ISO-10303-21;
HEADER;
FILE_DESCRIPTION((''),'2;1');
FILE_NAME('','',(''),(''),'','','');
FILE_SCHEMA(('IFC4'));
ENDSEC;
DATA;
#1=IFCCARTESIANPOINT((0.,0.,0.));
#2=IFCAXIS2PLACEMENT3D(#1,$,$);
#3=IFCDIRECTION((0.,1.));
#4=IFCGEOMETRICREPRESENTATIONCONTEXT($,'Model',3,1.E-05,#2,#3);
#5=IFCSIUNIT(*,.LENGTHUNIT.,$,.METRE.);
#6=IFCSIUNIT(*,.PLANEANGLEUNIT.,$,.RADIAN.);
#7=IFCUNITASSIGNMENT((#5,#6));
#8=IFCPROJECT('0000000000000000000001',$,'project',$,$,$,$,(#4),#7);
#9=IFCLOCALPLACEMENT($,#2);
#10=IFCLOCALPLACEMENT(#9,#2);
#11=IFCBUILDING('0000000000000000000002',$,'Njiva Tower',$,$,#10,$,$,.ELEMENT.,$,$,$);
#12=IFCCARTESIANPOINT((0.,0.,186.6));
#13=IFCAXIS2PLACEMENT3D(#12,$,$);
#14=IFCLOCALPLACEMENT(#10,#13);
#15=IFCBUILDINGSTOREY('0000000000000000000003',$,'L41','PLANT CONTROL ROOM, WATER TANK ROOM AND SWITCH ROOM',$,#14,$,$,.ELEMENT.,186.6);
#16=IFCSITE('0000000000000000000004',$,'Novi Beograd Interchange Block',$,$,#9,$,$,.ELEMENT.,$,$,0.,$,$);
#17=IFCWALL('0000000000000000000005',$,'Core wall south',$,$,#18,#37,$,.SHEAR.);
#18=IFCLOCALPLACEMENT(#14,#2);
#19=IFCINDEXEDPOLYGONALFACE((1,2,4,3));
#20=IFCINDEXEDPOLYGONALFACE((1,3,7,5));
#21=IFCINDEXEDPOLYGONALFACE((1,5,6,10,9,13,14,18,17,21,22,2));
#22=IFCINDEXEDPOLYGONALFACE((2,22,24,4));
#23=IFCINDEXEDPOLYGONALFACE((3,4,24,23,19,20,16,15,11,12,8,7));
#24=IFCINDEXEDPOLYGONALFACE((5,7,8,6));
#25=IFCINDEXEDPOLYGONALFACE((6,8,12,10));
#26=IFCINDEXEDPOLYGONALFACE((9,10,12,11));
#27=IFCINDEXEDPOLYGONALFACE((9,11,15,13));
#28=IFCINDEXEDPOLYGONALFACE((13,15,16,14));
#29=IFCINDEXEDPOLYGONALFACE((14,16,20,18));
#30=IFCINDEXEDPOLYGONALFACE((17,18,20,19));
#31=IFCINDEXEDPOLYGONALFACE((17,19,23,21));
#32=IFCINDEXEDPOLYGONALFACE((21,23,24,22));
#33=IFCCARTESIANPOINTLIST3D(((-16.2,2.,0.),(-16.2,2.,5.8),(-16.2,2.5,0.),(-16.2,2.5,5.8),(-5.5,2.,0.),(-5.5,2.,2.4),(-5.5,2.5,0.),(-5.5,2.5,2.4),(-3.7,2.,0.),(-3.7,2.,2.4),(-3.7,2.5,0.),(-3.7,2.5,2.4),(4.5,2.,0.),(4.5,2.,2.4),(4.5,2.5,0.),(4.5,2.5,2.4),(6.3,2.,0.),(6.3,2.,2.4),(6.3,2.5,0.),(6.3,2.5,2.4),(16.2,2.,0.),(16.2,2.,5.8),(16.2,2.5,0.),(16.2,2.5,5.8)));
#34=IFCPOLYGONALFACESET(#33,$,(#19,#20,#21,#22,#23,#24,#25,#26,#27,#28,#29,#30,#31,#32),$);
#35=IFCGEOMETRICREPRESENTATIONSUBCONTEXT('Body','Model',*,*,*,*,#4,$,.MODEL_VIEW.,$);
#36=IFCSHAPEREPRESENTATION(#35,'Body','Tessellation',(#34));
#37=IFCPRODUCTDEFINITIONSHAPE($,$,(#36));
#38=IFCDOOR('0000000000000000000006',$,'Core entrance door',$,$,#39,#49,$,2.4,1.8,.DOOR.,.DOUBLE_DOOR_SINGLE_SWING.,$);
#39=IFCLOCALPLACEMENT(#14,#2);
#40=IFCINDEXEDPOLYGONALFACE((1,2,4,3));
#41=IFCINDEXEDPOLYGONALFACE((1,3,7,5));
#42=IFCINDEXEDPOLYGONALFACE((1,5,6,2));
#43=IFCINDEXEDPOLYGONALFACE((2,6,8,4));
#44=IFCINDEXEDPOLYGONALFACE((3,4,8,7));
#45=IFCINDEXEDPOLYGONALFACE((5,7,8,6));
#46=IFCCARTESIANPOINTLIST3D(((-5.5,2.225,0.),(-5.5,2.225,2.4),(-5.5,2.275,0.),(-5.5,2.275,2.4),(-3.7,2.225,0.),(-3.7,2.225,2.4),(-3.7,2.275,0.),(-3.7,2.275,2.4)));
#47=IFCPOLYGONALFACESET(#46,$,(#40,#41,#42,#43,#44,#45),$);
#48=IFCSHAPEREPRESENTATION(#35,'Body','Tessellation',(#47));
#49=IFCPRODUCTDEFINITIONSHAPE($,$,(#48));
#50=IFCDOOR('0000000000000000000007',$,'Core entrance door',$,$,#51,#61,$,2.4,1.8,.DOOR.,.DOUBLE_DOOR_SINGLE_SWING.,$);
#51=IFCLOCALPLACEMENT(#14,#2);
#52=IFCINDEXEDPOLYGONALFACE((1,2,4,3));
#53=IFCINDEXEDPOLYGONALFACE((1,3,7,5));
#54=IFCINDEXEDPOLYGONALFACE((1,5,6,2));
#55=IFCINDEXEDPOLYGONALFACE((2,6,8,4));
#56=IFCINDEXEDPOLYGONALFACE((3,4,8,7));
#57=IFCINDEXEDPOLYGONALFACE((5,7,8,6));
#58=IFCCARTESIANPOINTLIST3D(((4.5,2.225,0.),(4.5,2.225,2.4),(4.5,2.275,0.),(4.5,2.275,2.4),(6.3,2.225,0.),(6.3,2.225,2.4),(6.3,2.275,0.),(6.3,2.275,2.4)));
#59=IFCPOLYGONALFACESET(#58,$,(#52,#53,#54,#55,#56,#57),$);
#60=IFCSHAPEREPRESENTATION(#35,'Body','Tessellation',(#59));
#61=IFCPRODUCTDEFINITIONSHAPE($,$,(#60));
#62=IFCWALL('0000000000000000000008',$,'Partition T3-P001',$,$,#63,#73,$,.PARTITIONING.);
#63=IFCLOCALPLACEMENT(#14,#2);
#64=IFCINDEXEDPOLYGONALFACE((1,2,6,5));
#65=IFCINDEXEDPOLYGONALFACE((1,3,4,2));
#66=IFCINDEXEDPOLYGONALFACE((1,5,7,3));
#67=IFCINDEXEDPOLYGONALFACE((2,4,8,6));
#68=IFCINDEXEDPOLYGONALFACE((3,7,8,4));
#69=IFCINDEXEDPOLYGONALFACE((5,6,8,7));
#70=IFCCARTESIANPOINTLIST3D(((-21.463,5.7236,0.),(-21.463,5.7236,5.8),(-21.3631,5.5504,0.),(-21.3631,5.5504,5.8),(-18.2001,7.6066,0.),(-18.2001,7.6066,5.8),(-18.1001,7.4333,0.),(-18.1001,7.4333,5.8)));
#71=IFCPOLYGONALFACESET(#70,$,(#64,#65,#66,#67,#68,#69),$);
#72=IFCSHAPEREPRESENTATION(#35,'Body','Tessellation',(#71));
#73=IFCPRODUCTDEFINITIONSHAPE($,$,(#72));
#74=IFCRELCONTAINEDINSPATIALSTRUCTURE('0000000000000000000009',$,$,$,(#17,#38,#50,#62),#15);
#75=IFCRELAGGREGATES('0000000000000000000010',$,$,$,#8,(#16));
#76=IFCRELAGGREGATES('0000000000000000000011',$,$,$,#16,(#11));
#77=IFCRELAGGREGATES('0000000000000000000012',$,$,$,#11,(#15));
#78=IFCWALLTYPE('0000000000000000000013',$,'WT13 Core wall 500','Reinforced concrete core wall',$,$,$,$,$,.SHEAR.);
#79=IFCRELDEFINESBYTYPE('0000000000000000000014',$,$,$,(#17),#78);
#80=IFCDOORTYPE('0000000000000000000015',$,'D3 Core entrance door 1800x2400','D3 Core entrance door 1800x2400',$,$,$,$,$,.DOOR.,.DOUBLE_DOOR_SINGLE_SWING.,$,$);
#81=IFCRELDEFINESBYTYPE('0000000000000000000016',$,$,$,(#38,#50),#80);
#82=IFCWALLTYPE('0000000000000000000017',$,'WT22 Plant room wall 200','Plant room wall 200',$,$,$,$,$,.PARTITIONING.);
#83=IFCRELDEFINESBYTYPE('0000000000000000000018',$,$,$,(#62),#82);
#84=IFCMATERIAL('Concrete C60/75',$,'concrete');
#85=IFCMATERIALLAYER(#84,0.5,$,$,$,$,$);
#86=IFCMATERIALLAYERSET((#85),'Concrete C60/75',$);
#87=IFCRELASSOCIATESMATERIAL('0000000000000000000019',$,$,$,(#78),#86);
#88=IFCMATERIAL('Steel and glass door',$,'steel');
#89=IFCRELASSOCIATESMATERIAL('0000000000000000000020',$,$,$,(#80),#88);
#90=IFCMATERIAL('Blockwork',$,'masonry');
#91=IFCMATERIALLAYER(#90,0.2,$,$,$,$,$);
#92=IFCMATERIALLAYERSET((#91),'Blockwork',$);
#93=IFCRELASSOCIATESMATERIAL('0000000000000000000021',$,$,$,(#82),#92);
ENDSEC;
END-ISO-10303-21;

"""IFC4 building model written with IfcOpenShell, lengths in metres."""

from ifc_helpers import new_model, si_unit, direction, frame, frame_2d, origin, place, context, subcontext, project, spatial, rectangle, extrude, material, layer, layer_set, type_object, element, fill, save


model = new_model("IFC4")

# Units and contexts
model_context = context("Model", 3, precision=1e-05, world=origin(), true_north=direction((0.0, 1.0)))
body_context = subcontext(model_context, "Body", "Model", "MODEL_VIEW")
ifc_project = project(units=[si_unit("LENGTHUNIT", "METRE"), si_unit("PLANEANGLEUNIT", "RADIAN")], contexts=[model_context])

# Site, building, storey
site_placement = place(None, origin())
site = spatial("IfcSite", under=ifc_project, at=site_placement, Name="Novi Beograd Interchange Block", CompositionType="ELEMENT", RefElevation=0.0)
building_placement = place(site_placement, origin())
building = spatial("IfcBuilding", under=site, at=building_placement, Name="Njiva Tower", CompositionType="ELEMENT")
storey_placement = place(building_placement, frame((0.0, 0.0, 186.6)))
storey = spatial("IfcBuildingStorey", under=building, at=storey_placement, Name="L41", Description="PLANT CONTROL ROOM, WATER TANK ROOM AND SWITCH ROOM", CompositionType="ELEMENT", Elevation=186.6)

# Wall, openings, doors
ifc_material_1 = material(Name="Concrete C60/75", Category="concrete")
ifc_layer_1 = layer(ifc_material_1, 0.5)
ifc_layer_set_1 = layer_set([ifc_layer_1], Name="Concrete C60/75")
wall_type_1 = type_object("IfcWallType", Name="WT13 Core wall 500", Description="Reinforced concrete core wall", PredefinedType="SHEAR", material=ifc_layer_set_1)
wall_1_placement = place(storey_placement, frame((-16.2, 2.25, 0.0), z_axis=(0.0, 0.0, 1.0), x_axis=(1.0, 0.0, 0.0)))
wall_1 = element("IfcWall", 1, at=wall_1_placement, inside=storey, type_object=wall_type_1, Name="Core wall south", PredefinedType="SHEAR", context=body_context, shape_type="SweptSolid", body=[
    extrude(rectangle(XDim=32.4, YDim=0.5, at=frame_2d((16.2, 0.0))), origin(), (0.0, 0.0, 1.0), 5.8),
])
opening_1_placement = place(wall_1_placement, frame((10.7, 0.0, 0.0)))
opening_1 = element("IfcOpeningElement", 2, at=opening_1_placement, cuts=wall_1, PredefinedType="OPENING", context=body_context, shape_type="SweptSolid", body=[
    extrude(rectangle(XDim=1.8, YDim=2.4, at=frame_2d((0.9, 1.2))), frame((0.0, 0.26, 0.0), z_axis=(0.0, -1.0, 0.0), x_axis=(1.0, 0.0, 0.0)), (0.0, 0.0, 1.0), 0.52),
])
opening_2_placement = place(wall_1_placement, frame((20.7, 0.0, 0.0)))
opening_2 = element("IfcOpeningElement", 3, at=opening_2_placement, cuts=wall_1, PredefinedType="OPENING", context=body_context, shape_type="SweptSolid", body=[
    extrude(rectangle(XDim=1.8, YDim=2.4, at=frame_2d((0.9, 1.2))), frame((0.0, 0.26, 0.0), z_axis=(0.0, -1.0, 0.0), x_axis=(1.0, 0.0, 0.0)), (0.0, 0.0, 1.0), 0.52),
])
ifc_material_2 = material(Name="Steel and glass door", Category="steel")
door_type = type_object("IfcDoorType", Name="D3 Core entrance door 1800x2400", Description="D3 Core entrance door 1800x2400", OperationType="DOUBLE_DOOR_SINGLE_SWING", PredefinedType="DOOR", material=ifc_material_2)
door_1_placement = place(opening_1_placement, origin())
door_1 = element("IfcDoor", 4, at=door_1_placement, inside=storey, type_object=door_type, Name="Core entrance door", OperationType="DOUBLE_DOOR_SINGLE_SWING", OverallHeight=2.4, OverallWidth=1.8, PredefinedType="DOOR", context=body_context, shape_type="SweptSolid", body=[
    extrude(rectangle(XDim=1.8, YDim=2.4, at=frame_2d((0.9, 1.2))), frame((0.0, 0.025, 0.0), z_axis=(0.0, -1.0, 0.0), x_axis=(1.0, 0.0, 0.0)), (0.0, 0.0, 1.0), 0.05),
])
fill(opening_1, door_1)
door_2_placement = place(opening_2_placement, origin())
door_2 = element("IfcDoor", 5, at=door_2_placement, inside=storey, type_object=door_type, Name="Core entrance door", OperationType="DOUBLE_DOOR_SINGLE_SWING", OverallHeight=2.4, OverallWidth=1.8, PredefinedType="DOOR", context=body_context, shape_type="SweptSolid", body=[
    extrude(rectangle(XDim=1.8, YDim=2.4, at=frame_2d((0.9, 1.2))), frame((0.0, 0.025, 0.0), z_axis=(0.0, -1.0, 0.0), x_axis=(1.0, 0.0, 0.0)), (0.0, 0.0, 1.0), 0.05),
])
fill(opening_2, door_2)

# Wall
ifc_material_3 = material(Name="Blockwork", Category="masonry")
ifc_layer_2 = layer(ifc_material_3, 0.2)
ifc_layer_set_2 = layer_set([ifc_layer_2], Name="Blockwork")
wall_type_2 = type_object("IfcWallType", Name="WT22 Plant room wall 200", Description="Plant room wall 200", PredefinedType="PARTITIONING", material=ifc_layer_set_2)
wall_2_placement = place(storey_placement, frame((-21.413, 5.637, 0.0), z_axis=(0.0, 0.0, 1.0), x_axis=(0.866128, 0.499822, 0.0)))
element("IfcWall", 6, at=wall_2_placement, inside=storey, type_object=wall_type_2, Name="Partition T3-P001", PredefinedType="PARTITIONING", context=body_context, shape_type="SweptSolid", body=[
    extrude(rectangle(XDim=3.7673, YDim=0.2, at=frame_2d((1.8836, 0.0))), origin(), (0.0, 0.0, 1.0), 5.8),
])

save(model, "model.ifc")
